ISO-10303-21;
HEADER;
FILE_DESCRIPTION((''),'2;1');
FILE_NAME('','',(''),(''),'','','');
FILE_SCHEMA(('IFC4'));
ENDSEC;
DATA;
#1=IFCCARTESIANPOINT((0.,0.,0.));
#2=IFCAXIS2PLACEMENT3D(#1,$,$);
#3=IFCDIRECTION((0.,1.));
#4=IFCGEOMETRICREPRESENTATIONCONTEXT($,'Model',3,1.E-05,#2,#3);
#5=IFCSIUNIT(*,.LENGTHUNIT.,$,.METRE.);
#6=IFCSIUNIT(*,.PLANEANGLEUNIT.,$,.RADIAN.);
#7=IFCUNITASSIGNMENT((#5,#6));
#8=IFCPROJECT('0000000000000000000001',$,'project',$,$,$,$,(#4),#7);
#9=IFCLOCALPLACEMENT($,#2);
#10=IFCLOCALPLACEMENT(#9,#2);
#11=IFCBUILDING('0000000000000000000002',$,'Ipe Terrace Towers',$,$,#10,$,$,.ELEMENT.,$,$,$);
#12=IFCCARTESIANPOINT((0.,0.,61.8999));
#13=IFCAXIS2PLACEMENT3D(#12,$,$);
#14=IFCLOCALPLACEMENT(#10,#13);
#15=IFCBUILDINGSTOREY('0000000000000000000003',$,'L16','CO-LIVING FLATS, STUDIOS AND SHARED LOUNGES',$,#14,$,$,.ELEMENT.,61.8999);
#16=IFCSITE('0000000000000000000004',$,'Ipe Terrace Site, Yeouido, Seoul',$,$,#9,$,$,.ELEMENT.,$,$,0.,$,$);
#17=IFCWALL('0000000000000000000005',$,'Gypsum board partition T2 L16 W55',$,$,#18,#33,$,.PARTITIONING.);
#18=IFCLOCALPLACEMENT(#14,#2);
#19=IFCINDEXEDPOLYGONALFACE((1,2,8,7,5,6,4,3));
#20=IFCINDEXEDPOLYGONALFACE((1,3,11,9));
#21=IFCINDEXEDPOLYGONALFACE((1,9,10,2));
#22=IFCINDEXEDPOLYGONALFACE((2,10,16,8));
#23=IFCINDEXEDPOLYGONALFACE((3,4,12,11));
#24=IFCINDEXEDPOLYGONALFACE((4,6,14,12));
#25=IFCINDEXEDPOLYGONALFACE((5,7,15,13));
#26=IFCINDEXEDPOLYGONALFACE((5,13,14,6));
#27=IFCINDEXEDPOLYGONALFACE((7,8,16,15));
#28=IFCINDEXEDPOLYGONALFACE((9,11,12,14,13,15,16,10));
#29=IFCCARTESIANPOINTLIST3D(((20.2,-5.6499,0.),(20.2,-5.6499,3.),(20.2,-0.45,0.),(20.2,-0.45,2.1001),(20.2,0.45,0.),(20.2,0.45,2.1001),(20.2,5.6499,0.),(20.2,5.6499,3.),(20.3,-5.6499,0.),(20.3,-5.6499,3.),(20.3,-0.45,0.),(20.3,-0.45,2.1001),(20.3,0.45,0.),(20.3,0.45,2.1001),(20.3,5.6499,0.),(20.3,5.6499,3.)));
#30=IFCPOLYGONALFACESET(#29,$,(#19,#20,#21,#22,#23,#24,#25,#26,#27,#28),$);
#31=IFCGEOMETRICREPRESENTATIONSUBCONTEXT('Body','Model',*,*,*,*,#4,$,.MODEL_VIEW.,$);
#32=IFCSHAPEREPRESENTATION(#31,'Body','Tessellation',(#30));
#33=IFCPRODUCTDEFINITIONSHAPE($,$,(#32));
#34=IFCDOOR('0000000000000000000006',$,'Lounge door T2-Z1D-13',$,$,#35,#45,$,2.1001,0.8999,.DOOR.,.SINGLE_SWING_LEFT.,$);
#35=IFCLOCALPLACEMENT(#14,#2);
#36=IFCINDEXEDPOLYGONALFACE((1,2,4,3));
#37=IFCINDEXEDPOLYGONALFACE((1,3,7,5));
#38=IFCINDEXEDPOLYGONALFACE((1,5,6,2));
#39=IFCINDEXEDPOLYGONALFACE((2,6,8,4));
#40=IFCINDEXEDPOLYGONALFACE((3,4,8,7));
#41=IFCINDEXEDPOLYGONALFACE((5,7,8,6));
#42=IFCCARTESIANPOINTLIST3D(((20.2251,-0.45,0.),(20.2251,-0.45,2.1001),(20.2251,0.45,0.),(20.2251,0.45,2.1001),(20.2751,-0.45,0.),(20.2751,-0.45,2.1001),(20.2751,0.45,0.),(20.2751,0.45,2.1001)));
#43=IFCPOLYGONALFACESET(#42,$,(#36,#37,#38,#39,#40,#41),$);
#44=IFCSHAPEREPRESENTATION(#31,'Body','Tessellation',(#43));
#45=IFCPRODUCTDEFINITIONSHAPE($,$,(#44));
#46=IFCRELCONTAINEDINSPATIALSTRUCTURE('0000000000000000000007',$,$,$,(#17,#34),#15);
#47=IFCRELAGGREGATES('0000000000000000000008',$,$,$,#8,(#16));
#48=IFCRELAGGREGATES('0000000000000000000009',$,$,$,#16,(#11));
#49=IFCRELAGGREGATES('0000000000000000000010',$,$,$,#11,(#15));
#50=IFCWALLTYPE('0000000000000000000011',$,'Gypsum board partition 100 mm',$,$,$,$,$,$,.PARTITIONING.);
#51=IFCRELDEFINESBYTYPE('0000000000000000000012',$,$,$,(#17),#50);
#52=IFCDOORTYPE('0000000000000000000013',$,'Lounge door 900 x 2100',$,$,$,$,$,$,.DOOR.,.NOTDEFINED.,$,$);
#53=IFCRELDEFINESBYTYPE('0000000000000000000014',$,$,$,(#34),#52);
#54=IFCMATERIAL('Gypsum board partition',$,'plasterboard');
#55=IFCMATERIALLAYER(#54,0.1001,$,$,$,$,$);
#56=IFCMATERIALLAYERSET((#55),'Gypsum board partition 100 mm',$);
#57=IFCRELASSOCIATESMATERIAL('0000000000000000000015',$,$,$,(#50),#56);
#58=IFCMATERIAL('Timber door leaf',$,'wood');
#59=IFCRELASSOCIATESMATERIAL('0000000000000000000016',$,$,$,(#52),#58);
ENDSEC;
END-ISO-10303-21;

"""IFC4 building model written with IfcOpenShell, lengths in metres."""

from ifc_helpers import new_model, si_unit, direction, frame, frame_2d, origin, place, context, subcontext, project, spatial, rectangle, extrude, material, layer, layer_set, type_object, element, fill, save


model = new_model("IFC4")

# Units and contexts
model_context = context("Model", 3, precision=1e-05, world=origin(), true_north=direction((0.0, 1.0)))
body_context = subcontext(model_context, "Body", "Model", "MODEL_VIEW")
ifc_project = project(units=[si_unit("LENGTHUNIT", "METRE"), si_unit("PLANEANGLEUNIT", "RADIAN")], contexts=[model_context])

# Site, building, storey
site_placement = place(None, origin())
site = spatial("IfcSite", under=ifc_project, at=site_placement, Name="Ipe Terrace Site, Yeouido, Seoul", CompositionType="ELEMENT", RefElevation=0.0)
building_placement = place(site_placement, origin())
building = spatial("IfcBuilding", under=site, at=building_placement, Name="Ipe Terrace Towers", CompositionType="ELEMENT")
storey_placement = place(building_placement, frame((0.0, 0.0, 61.8999)))
storey = spatial("IfcBuildingStorey", under=building, at=storey_placement, Name="L16", Description="CO-LIVING FLATS, STUDIOS AND SHARED LOUNGES", CompositionType="ELEMENT", Elevation=61.8999)

# Shared definitions
ifc_material_1 = material(Name="Gypsum board partition", Category="plasterboard")
ifc_layer_1 = layer(ifc_material_1, 0.1001)
ifc_layer_set_1 = layer_set([ifc_layer_1], Name="Gypsum board partition 100 mm")
wall_type_1 = type_object("IfcWallType", Name="Gypsum board partition 100 mm", PredefinedType="PARTITIONING", material=ifc_layer_set_1)

# Wall, opening, door
wall_1_placement = place(storey_placement, frame((20.25, -5.6499, 0.0), z_axis=(0.0, 0.0, 1.0), x_axis=(0.0, 1.0, 0.0)))
wall_1 = element("IfcWall", 1, at=wall_1_placement, inside=storey, type_object=wall_type_1, Name="Gypsum board partition T2 L16 W55", PredefinedType="PARTITIONING", context=body_context, shape_type="SweptSolid", body=[
    extrude(rectangle(XDim=11.2998, YDim=0.1001, at=frame_2d((5.6499, 0.0))), origin(), (0.0, 0.0, 1.0), 3.0),
])
opening_1_placement = place(wall_1_placement, frame((5.2, 0.0, 0.0)))
opening_1 = element("IfcOpeningElement", 2, at=opening_1_placement, cuts=wall_1, PredefinedType="OPENING", context=body_context, shape_type="SweptSolid", body=[
    extrude(rectangle(XDim=0.8999, YDim=2.1001, at=frame_2d((0.45, 1.05))), frame((0.0, 0.0601, 0.0), z_axis=(0.0, -1.0, 0.0), x_axis=(1.0, 0.0, 0.0)), (0.0, 0.0, 1.0), 0.1201),
])
ifc_material_2 = material(Name="Timber door leaf", Category="wood")
door_type_1 = type_object("IfcDoorType", Name="Lounge door 900 x 2100", OperationType="NOTDEFINED", PredefinedType="DOOR", material=ifc_material_2)
door_1_placement = place(opening_1_placement, origin())
door_1 = element("IfcDoor", 3, at=door_1_placement, inside=storey, type_object=door_type_1, Name="Lounge door T2-Z1D-13", OperationType="SINGLE_SWING_LEFT", OverallHeight=2.1001, OverallWidth=0.8999, PredefinedType="DOOR", context=body_context, shape_type="SweptSolid", body=[
    extrude(rectangle(XDim=0.8999, YDim=2.1001, at=frame_2d((0.45, 1.05))), frame((0.0, 0.0249, 0.0), z_axis=(0.0, -1.0, 0.0), x_axis=(1.0, 0.0, 0.0)), (0.0, 0.0, 1.0), 0.05),
])
fill(opening_1, door_1)

save(model, "model.ifc")
